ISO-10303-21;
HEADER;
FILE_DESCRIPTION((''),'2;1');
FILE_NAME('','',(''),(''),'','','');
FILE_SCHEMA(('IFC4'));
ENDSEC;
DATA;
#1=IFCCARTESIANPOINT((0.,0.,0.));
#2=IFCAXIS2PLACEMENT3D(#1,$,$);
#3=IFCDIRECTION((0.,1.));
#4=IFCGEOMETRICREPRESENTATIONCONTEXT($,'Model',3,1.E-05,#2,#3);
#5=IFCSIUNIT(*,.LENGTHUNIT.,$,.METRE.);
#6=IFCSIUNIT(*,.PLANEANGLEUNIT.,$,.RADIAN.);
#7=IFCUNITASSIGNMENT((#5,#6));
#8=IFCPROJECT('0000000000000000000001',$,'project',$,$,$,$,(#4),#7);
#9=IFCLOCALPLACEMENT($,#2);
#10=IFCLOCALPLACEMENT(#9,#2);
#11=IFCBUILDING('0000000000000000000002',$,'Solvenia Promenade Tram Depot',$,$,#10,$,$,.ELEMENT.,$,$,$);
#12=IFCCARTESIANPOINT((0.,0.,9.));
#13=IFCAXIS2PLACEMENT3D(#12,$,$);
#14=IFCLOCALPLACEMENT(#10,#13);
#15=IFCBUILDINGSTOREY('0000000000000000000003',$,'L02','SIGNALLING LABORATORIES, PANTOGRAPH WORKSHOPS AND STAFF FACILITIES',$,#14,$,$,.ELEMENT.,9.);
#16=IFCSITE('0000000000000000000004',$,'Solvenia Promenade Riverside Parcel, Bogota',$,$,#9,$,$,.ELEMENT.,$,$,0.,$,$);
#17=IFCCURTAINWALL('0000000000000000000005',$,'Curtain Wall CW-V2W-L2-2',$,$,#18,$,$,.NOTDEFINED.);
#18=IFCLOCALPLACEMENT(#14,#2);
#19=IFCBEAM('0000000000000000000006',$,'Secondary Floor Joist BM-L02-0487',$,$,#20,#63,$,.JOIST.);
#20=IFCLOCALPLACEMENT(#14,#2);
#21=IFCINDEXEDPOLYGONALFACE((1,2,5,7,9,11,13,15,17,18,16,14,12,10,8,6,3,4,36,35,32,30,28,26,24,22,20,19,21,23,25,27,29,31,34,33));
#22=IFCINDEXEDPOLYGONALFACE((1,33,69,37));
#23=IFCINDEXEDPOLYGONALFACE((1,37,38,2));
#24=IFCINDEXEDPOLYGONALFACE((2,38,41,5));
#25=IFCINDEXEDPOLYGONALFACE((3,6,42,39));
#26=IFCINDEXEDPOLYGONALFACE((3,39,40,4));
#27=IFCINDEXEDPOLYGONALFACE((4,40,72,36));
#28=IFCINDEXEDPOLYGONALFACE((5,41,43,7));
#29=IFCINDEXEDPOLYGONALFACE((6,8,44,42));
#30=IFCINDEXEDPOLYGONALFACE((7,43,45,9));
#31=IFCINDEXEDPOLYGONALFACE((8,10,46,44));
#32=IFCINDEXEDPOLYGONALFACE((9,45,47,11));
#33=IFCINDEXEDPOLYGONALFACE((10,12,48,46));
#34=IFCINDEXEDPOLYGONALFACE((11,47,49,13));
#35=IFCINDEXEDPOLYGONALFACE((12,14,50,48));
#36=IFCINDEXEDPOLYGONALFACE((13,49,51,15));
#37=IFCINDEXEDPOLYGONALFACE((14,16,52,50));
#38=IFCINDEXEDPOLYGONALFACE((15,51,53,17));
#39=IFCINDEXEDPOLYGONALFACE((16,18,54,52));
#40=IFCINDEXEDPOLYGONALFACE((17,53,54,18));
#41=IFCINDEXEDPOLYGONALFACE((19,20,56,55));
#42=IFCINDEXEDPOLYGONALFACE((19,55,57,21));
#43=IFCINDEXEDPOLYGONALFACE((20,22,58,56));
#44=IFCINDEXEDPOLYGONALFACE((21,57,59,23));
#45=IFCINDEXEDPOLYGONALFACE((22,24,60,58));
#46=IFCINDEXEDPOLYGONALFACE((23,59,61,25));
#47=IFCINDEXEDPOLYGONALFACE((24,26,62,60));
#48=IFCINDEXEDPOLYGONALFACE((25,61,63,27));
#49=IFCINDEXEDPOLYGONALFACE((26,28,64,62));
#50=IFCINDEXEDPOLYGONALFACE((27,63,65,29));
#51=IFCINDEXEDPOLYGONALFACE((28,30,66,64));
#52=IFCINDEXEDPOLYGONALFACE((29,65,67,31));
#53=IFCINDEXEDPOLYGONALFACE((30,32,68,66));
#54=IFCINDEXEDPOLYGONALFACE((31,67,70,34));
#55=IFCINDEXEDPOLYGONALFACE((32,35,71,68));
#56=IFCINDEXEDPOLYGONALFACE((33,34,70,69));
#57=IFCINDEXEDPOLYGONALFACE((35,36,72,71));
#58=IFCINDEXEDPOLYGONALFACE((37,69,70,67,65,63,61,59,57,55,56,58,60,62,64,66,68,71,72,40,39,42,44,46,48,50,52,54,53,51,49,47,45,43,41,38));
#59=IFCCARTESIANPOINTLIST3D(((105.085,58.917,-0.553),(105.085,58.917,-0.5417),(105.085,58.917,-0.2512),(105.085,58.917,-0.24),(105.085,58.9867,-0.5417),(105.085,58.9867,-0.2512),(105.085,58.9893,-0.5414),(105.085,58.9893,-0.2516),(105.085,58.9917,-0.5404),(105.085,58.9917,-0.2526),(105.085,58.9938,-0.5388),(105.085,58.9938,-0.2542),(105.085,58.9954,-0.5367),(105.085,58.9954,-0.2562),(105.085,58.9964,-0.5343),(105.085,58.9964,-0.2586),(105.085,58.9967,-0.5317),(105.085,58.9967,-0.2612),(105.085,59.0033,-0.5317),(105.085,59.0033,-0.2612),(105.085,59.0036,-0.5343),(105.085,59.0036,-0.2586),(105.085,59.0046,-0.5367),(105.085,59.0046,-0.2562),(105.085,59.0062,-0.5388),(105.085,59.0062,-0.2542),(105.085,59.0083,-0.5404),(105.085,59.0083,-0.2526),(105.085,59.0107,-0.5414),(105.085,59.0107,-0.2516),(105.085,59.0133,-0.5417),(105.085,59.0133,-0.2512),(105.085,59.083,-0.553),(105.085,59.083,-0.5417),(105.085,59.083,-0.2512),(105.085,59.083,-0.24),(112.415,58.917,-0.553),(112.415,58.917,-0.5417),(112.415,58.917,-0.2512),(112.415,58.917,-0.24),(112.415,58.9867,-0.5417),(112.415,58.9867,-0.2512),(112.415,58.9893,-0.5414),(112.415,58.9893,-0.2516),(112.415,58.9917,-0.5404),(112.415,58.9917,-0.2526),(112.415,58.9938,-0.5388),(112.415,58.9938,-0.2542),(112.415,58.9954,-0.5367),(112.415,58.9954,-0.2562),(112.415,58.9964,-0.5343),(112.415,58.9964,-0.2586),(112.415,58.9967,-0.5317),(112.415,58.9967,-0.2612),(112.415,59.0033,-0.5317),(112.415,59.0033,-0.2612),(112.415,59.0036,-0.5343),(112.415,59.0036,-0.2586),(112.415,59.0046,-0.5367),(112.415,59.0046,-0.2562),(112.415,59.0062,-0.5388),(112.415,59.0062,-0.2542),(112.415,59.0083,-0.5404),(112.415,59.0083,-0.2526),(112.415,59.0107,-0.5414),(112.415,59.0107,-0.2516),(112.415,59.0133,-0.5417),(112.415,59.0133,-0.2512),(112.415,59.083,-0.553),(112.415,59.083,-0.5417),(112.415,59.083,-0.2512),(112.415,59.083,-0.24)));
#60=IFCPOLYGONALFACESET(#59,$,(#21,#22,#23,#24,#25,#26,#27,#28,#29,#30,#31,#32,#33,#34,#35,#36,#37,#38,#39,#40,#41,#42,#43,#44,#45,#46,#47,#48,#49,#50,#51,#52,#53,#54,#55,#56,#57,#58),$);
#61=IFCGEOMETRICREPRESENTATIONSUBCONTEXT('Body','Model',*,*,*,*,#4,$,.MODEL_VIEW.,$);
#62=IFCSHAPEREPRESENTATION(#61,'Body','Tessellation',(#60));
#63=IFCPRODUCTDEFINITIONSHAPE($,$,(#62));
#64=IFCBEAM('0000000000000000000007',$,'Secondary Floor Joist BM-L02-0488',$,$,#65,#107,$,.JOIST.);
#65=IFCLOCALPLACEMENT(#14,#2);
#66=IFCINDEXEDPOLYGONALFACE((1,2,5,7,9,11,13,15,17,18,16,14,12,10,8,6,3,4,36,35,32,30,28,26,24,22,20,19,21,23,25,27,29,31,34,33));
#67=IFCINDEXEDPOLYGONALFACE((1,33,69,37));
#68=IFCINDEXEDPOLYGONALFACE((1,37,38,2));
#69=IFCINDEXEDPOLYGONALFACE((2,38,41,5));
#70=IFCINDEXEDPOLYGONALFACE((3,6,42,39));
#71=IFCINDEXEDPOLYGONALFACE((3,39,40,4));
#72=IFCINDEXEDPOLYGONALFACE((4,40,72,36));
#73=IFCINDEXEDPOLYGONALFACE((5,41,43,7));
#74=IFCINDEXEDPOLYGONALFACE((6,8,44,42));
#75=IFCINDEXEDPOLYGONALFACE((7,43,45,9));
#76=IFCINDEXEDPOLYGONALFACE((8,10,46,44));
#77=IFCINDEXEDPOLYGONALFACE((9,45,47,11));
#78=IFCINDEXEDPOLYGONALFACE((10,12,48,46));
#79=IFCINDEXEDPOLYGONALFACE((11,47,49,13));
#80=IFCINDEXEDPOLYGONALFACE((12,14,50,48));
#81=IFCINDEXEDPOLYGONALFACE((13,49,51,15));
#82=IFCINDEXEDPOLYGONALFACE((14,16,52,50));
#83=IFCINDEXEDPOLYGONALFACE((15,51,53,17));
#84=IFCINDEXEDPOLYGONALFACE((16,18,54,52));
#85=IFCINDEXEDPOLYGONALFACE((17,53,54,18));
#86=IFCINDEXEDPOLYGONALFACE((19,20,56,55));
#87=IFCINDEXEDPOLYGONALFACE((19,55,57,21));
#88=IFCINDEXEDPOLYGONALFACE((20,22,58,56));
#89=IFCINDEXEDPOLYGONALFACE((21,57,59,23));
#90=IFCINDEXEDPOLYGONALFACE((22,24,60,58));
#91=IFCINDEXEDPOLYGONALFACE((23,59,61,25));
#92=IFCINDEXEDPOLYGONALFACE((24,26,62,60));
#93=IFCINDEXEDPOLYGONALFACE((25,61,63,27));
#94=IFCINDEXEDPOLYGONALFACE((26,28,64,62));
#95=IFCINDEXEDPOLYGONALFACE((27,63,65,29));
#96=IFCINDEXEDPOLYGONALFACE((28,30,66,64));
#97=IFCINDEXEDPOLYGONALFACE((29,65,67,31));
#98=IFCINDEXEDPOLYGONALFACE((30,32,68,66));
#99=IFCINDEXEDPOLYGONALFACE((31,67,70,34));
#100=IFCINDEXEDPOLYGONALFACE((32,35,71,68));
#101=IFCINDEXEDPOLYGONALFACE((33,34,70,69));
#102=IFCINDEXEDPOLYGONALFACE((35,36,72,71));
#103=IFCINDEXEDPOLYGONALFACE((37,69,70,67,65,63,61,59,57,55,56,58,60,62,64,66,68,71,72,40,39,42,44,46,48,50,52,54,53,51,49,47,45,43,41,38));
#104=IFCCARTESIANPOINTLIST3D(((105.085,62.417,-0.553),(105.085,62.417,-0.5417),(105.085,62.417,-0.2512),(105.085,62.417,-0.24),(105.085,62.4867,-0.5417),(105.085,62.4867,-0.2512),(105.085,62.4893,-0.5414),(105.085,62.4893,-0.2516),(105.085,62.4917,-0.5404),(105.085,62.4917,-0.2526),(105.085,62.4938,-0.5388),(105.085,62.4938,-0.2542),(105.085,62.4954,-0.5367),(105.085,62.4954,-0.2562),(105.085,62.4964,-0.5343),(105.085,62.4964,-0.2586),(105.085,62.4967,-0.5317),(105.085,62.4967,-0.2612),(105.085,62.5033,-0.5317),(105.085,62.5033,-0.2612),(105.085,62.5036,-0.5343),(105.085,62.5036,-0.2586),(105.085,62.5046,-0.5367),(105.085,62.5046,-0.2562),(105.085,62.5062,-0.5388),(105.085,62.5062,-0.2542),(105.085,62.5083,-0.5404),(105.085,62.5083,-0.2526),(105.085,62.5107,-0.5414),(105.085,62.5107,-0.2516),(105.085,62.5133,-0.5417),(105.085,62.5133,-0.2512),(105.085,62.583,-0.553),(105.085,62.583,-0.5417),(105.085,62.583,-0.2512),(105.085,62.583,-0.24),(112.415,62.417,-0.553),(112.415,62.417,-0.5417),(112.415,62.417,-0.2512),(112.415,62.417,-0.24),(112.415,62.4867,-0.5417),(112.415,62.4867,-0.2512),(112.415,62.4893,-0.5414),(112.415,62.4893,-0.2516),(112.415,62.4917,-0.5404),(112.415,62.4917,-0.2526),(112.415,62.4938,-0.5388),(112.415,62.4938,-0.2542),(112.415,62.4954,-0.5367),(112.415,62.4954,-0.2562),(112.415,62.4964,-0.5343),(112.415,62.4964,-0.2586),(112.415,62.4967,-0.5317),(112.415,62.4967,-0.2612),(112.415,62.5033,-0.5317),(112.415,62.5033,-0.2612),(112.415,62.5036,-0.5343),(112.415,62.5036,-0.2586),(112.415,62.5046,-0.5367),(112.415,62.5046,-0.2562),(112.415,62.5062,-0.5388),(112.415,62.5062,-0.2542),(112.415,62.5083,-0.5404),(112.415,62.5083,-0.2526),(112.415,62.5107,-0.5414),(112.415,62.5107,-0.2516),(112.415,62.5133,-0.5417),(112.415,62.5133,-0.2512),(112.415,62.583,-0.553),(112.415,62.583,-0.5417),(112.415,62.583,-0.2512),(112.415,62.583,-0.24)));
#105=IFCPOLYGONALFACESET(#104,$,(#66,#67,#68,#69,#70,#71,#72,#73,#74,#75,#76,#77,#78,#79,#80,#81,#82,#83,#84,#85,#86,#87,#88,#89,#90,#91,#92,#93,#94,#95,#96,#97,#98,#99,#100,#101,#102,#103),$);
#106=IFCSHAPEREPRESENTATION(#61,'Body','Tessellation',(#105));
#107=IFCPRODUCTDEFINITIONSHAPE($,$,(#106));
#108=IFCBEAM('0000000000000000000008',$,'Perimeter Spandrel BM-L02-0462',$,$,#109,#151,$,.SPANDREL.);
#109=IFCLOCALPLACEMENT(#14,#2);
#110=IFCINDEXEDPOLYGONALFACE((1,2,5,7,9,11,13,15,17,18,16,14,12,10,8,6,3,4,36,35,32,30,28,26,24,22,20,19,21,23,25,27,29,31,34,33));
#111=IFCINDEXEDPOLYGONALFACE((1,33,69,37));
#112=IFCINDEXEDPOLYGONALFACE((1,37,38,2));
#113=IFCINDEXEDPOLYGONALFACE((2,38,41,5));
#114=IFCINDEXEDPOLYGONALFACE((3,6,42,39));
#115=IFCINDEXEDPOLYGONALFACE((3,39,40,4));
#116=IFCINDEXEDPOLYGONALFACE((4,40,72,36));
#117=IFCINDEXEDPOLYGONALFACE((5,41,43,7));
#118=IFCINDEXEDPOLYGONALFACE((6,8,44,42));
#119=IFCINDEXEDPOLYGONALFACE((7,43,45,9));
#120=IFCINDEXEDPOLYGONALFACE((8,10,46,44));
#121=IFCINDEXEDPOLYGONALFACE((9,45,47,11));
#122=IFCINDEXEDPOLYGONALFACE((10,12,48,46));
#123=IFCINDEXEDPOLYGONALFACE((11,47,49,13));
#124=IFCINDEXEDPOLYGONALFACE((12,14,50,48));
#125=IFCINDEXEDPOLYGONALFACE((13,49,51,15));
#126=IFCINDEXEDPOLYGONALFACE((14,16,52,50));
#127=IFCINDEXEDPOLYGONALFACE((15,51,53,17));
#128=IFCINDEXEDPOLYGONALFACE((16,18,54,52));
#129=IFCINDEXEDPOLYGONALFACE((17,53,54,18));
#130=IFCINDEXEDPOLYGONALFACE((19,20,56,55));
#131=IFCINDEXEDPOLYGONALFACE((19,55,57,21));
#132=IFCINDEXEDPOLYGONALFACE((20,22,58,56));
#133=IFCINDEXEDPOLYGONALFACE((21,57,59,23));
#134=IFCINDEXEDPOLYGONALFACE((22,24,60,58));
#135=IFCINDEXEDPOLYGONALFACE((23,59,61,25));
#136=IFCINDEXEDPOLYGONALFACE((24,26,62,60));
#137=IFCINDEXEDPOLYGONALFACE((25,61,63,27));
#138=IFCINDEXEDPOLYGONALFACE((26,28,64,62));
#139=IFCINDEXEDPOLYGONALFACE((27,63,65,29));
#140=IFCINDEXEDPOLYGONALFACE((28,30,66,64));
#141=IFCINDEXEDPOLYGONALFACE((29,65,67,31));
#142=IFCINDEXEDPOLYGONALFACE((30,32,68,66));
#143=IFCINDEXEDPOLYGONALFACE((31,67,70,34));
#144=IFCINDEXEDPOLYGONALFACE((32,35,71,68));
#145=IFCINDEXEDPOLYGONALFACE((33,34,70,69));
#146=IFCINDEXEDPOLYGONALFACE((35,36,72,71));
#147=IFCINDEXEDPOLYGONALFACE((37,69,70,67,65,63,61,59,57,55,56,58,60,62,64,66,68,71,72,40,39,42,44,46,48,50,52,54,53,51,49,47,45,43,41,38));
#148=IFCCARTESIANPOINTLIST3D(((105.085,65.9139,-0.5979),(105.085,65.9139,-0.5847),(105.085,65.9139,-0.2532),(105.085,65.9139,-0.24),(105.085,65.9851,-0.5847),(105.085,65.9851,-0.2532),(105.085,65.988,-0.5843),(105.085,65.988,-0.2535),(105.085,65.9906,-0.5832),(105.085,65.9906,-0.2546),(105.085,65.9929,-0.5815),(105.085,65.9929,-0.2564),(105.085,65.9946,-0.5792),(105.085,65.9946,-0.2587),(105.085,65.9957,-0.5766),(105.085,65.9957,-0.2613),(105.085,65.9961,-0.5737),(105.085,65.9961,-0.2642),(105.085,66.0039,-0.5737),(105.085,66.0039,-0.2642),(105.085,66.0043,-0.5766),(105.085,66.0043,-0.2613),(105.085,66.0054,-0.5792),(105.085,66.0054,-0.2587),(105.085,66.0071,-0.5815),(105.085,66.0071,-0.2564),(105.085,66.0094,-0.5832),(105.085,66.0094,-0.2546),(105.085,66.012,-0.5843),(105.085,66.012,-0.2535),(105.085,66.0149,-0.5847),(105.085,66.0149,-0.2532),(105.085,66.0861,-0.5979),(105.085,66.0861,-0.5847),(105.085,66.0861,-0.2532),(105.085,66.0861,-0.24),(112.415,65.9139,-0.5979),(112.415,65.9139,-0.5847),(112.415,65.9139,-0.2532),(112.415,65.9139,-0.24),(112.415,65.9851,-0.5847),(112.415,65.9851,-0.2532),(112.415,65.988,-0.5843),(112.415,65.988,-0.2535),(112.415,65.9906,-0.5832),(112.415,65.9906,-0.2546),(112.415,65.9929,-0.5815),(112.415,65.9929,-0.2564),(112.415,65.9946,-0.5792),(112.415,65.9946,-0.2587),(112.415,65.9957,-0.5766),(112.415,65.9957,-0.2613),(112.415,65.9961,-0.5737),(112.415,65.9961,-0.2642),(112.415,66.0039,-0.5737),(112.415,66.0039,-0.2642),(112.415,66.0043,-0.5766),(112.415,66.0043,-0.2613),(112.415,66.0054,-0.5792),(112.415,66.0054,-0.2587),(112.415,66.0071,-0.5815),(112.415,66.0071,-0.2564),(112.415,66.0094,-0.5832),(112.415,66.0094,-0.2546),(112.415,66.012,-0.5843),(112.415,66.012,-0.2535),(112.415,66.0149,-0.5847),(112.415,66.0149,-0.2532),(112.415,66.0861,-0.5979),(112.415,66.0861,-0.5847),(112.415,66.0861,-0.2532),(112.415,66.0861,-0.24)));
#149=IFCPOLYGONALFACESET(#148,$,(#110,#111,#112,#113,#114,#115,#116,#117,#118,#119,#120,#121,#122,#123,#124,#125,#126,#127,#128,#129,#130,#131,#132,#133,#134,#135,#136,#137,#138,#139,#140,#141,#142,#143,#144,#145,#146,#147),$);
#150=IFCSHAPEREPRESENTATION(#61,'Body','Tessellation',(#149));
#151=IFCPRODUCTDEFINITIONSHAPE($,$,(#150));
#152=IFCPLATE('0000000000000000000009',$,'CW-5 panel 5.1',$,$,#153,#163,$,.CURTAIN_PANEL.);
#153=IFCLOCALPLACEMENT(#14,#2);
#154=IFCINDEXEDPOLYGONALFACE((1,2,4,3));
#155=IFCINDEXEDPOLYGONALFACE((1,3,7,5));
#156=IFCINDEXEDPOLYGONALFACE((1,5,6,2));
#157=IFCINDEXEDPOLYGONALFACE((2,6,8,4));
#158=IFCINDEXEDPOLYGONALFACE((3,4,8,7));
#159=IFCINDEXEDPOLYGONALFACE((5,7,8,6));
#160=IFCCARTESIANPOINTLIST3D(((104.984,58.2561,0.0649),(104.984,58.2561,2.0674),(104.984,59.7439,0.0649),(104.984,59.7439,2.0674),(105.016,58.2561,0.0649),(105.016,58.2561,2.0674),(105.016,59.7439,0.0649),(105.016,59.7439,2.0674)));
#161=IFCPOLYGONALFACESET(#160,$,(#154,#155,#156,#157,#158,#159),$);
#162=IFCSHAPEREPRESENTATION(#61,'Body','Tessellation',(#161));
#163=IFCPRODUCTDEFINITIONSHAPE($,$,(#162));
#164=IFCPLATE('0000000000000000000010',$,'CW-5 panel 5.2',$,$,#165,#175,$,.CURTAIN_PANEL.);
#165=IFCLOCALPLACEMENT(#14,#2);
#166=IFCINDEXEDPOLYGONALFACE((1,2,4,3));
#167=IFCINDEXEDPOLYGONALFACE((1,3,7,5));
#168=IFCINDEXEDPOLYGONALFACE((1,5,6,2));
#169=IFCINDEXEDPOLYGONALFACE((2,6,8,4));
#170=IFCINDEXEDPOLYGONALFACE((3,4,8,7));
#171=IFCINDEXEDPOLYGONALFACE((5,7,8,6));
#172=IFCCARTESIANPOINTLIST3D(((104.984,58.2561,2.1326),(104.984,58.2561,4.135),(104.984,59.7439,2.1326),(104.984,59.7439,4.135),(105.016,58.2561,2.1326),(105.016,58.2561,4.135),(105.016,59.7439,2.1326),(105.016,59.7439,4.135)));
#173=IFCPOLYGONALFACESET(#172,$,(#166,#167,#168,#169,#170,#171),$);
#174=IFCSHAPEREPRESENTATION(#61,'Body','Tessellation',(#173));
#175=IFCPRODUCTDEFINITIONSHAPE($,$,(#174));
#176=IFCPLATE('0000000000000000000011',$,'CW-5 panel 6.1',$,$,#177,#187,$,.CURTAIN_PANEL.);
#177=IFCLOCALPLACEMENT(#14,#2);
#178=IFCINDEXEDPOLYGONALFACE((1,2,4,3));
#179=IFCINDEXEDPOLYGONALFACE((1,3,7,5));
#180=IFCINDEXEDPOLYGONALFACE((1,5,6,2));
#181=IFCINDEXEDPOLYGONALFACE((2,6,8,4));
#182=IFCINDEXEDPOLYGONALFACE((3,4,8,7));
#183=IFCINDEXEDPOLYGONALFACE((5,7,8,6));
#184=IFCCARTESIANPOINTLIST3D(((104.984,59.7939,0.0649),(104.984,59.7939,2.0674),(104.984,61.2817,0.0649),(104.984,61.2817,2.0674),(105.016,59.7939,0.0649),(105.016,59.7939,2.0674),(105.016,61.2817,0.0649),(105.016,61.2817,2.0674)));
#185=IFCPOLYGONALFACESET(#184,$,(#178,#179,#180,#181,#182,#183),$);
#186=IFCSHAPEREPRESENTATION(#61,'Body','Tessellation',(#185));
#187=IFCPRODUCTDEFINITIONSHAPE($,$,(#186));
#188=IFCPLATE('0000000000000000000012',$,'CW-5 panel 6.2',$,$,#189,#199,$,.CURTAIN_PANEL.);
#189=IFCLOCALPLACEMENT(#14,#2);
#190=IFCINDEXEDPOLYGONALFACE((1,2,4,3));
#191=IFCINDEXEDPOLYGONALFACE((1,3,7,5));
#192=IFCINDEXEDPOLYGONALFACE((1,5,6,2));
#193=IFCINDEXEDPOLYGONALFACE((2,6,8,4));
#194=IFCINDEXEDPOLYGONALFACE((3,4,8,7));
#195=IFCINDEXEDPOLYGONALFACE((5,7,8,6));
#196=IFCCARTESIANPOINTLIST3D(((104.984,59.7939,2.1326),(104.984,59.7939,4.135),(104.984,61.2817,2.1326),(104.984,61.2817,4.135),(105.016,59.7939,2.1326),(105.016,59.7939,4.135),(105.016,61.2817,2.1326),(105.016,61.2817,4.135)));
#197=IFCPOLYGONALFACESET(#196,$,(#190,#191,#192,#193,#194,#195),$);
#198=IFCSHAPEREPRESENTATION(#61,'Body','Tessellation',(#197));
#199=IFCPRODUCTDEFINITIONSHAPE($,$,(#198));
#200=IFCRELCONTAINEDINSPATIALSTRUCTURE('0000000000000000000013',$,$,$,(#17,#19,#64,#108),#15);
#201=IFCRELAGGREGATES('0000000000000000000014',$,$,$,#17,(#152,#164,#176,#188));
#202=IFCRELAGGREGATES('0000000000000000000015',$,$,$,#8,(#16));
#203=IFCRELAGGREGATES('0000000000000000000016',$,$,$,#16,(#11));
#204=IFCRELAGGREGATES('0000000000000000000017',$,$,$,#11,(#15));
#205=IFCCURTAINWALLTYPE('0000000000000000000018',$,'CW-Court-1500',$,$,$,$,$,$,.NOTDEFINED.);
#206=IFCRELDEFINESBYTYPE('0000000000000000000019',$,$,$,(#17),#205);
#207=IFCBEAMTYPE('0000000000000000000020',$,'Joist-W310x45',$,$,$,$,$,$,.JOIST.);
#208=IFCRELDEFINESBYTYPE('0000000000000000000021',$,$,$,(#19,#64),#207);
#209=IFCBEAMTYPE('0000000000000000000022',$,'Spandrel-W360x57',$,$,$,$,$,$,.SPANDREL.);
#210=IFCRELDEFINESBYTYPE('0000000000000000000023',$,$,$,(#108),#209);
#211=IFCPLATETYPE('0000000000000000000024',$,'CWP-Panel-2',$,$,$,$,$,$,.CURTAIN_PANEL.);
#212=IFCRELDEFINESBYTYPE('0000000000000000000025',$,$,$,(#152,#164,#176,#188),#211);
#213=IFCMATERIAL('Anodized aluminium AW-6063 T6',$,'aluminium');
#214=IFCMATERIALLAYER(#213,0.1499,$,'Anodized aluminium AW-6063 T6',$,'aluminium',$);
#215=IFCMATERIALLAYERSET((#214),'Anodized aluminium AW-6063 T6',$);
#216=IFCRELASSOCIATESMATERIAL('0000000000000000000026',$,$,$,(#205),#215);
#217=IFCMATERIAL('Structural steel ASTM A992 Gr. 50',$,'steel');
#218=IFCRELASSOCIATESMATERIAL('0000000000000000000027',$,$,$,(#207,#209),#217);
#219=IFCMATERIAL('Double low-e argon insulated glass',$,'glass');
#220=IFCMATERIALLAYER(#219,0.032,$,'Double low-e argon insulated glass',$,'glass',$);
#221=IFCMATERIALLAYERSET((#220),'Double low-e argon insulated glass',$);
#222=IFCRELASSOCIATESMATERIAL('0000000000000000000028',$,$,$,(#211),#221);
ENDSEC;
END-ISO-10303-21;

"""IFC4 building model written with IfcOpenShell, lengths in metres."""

from ifc_helpers import new_model, si_unit, direction, frame, origin, origin_2d, place, context, subcontext, project, spatial, rectangle, i_section, extrude, material, layer, layer_set, material_profile, profile_set, type_object, element, aggregate, save


model = new_model("IFC4")

# Units and contexts
model_context = context("Model", 3, precision=1e-05, world=origin(), true_north=direction((0.0, 1.0)))
body_context = subcontext(model_context, "Body", "Model", "MODEL_VIEW")
ifc_project = project(units=[si_unit("LENGTHUNIT", "METRE"), si_unit("PLANEANGLEUNIT", "RADIAN")], contexts=[model_context])

# Site, building, storey
site_placement = place(None, origin())
site = spatial("IfcSite", under=ifc_project, at=site_placement, Name="Solvenia Promenade Riverside Parcel, Bogota", CompositionType="ELEMENT", RefElevation=0.0)
building_placement = place(site_placement, origin())
building = spatial("IfcBuilding", under=site, at=building_placement, Name="Solvenia Promenade Tram Depot", CompositionType="ELEMENT")
storey_placement = place(building_placement, frame((0.0, 0.0, 9.0)))
storey = spatial("IfcBuildingStorey", under=building, at=storey_placement, Name="L02", Description="SIGNALLING LABORATORIES, PANTOGRAPH WORKSHOPS AND STAFF FACILITIES", CompositionType="ELEMENT", Elevation=9.0)

# Shared definitions
ifc_material_1 = material(Name="Structural steel ASTM A992 Gr. 50", Category="steel")

# Curtain wall
ifc_material_2 = material(Name="Anodized aluminium AW-6063 T6", Category="aluminium")
ifc_layer_1 = layer(ifc_material_2, 0.1499, Name="Anodized aluminium AW-6063 T6", Category="aluminium")
ifc_layer_set_1 = layer_set([ifc_layer_1], Name="Anodized aluminium AW-6063 T6")
curtain_wall_type = type_object("IfcCurtainWallType", Name="CW-Court-1500", PredefinedType="NOTDEFINED", material=ifc_layer_set_1)
curtain_wall_placement = place(storey_placement, origin())
curtain_wall = element("IfcCurtainWall", 1, at=curtain_wall_placement, inside=storey, type_object=curtain_wall_type, Name="Curtain Wall CW-V2W-L2-2", PredefinedType="NOTDEFINED")

# Beams
ifc_material_profile_1 = material_profile(ifc_material_1, i_section(OverallWidth=0.166, OverallDepth=0.313, WebThickness=0.0066, FlangeThickness=0.0112, FilletRadius=0.01, at=origin_2d()), Name="W310x45", Category="steel")
ifc_profile_set_1 = profile_set([ifc_material_profile_1], Name="Structural steel ASTM A992 Gr. 50")
beam_type_1 = type_object("IfcBeamType", Name="Joist-W310x45", PredefinedType="JOIST", material=ifc_profile_set_1)
for number, where, z_axis, x_axis, name in (
    (2, (105.085, 59.0, -0.3965), (1.0, 0.0, 0.0), (0.0, 1.0, 0.0), "Secondary Floor Joist BM-L02-0487"),
    (3, (105.085, 62.5, -0.3965), (1.0, 0.0, 0.0), (0.0, 1.0, 0.0), "Secondary Floor Joist BM-L02-0488"),
):
    element("IfcBeam", number, at=place(storey_placement, frame(where, z_axis=z_axis, x_axis=x_axis)), inside=storey, type_object=beam_type_1, Name=name, PredefinedType="JOIST", context=body_context, shape_type="SweptSolid", body=[
        extrude(i_section(OverallWidth=0.166, OverallDepth=0.313, WebThickness=0.0066, FlangeThickness=0.0112, FilletRadius=0.01, at=origin_2d()), origin(), (0.0, 0.0, 1.0), 7.3301),
    ])
ifc_material_profile_2 = material_profile(ifc_material_1, i_section(OverallWidth=0.1721, OverallDepth=0.3579, WebThickness=0.0078, FlangeThickness=0.0132, FilletRadius=0.011, at=origin_2d()), Name="W360x57", Category="steel")
ifc_profile_set_2 = profile_set([ifc_material_profile_2], Name="Structural steel ASTM A992 Gr. 50")
beam_type_2 = type_object("IfcBeamType", Name="Spandrel-W360x57", PredefinedType="SPANDREL", material=ifc_profile_set_2)
beam_placement = place(storey_placement, frame((105.085, 66.0, -0.4189), z_axis=(1.0, 0.0, 0.0), x_axis=(0.0, 1.0, 0.0)))
element("IfcBeam", 4, at=beam_placement, inside=storey, type_object=beam_type_2, Name="Perimeter Spandrel BM-L02-0462", PredefinedType="SPANDREL", context=body_context, shape_type="SweptSolid", body=[
    extrude(i_section(OverallWidth=0.1721, OverallDepth=0.3579, WebThickness=0.0078, FlangeThickness=0.0132, FilletRadius=0.011, at=origin_2d()), origin(), (0.0, 0.0, 1.0), 7.3301),
])

# Plates
ifc_material_3 = material(Name="Double low-e argon insulated glass", Category="glass")
ifc_layer_2 = layer(ifc_material_3, 0.032, Name="Double low-e argon insulated glass", Category="glass")
ifc_layer_set_2 = layer_set([ifc_layer_2], Name="Double low-e argon insulated glass")
plate_type = type_object("IfcPlateType", Name="CWP-Panel-2", PredefinedType="CURTAIN_PANEL", material=ifc_layer_set_2)
plate_1_placement = place(storey_placement, frame((105.0, 59.0, 0.0649), z_axis=(0.0, 0.0, 1.0), x_axis=(0.0, 1.0, 0.0)))
plate_1 = element("IfcPlate", 5, at=plate_1_placement, type_object=plate_type, Name="CW-5 panel 5.1", PredefinedType="CURTAIN_PANEL", context=body_context, shape_type="SweptSolid", body=[
    extrude(rectangle(XDim=1.4878, YDim=0.032, at=origin_2d()), origin(), (0.0, 0.0, 1.0), 2.0024),
])
plate_2_placement = place(storey_placement, frame((105.0, 59.0, 2.1326), z_axis=(0.0, 0.0, 1.0), x_axis=(0.0, 1.0, 0.0)))
plate_2 = element("IfcPlate", 6, at=plate_2_placement, type_object=plate_type, Name="CW-5 panel 5.2", PredefinedType="CURTAIN_PANEL", context=body_context, shape_type="SweptSolid", body=[
    extrude(rectangle(XDim=1.4878, YDim=0.032, at=origin_2d()), origin(), (0.0, 0.0, 1.0), 2.0024),
])
plate_3_placement = place(storey_placement, frame((105.0, 60.5378, 0.0649), z_axis=(0.0, 0.0, 1.0), x_axis=(0.0, 1.0, 0.0)))
plate_3 = element("IfcPlate", 7, at=plate_3_placement, type_object=plate_type, Name="CW-5 panel 6.1", PredefinedType="CURTAIN_PANEL", context=body_context, shape_type="SweptSolid", body=[
    extrude(rectangle(XDim=1.4878, YDim=0.032, at=origin_2d()), origin(), (0.0, 0.0, 1.0), 2.0024),
])
plate_4_placement = place(storey_placement, frame((105.0, 60.5378, 2.1326), z_axis=(0.0, 0.0, 1.0), x_axis=(0.0, 1.0, 0.0)))
plate_4 = element("IfcPlate", 8, at=plate_4_placement, type_object=plate_type, Name="CW-5 panel 6.2", PredefinedType="CURTAIN_PANEL", context=body_context, shape_type="SweptSolid", body=[
    extrude(rectangle(XDim=1.4878, YDim=0.032, at=origin_2d()), origin(), (0.0, 0.0, 1.0), 2.0024),
])
aggregate(curtain_wall, [plate_1, plate_2, plate_3, plate_4])

save(model, "model.ifc")
